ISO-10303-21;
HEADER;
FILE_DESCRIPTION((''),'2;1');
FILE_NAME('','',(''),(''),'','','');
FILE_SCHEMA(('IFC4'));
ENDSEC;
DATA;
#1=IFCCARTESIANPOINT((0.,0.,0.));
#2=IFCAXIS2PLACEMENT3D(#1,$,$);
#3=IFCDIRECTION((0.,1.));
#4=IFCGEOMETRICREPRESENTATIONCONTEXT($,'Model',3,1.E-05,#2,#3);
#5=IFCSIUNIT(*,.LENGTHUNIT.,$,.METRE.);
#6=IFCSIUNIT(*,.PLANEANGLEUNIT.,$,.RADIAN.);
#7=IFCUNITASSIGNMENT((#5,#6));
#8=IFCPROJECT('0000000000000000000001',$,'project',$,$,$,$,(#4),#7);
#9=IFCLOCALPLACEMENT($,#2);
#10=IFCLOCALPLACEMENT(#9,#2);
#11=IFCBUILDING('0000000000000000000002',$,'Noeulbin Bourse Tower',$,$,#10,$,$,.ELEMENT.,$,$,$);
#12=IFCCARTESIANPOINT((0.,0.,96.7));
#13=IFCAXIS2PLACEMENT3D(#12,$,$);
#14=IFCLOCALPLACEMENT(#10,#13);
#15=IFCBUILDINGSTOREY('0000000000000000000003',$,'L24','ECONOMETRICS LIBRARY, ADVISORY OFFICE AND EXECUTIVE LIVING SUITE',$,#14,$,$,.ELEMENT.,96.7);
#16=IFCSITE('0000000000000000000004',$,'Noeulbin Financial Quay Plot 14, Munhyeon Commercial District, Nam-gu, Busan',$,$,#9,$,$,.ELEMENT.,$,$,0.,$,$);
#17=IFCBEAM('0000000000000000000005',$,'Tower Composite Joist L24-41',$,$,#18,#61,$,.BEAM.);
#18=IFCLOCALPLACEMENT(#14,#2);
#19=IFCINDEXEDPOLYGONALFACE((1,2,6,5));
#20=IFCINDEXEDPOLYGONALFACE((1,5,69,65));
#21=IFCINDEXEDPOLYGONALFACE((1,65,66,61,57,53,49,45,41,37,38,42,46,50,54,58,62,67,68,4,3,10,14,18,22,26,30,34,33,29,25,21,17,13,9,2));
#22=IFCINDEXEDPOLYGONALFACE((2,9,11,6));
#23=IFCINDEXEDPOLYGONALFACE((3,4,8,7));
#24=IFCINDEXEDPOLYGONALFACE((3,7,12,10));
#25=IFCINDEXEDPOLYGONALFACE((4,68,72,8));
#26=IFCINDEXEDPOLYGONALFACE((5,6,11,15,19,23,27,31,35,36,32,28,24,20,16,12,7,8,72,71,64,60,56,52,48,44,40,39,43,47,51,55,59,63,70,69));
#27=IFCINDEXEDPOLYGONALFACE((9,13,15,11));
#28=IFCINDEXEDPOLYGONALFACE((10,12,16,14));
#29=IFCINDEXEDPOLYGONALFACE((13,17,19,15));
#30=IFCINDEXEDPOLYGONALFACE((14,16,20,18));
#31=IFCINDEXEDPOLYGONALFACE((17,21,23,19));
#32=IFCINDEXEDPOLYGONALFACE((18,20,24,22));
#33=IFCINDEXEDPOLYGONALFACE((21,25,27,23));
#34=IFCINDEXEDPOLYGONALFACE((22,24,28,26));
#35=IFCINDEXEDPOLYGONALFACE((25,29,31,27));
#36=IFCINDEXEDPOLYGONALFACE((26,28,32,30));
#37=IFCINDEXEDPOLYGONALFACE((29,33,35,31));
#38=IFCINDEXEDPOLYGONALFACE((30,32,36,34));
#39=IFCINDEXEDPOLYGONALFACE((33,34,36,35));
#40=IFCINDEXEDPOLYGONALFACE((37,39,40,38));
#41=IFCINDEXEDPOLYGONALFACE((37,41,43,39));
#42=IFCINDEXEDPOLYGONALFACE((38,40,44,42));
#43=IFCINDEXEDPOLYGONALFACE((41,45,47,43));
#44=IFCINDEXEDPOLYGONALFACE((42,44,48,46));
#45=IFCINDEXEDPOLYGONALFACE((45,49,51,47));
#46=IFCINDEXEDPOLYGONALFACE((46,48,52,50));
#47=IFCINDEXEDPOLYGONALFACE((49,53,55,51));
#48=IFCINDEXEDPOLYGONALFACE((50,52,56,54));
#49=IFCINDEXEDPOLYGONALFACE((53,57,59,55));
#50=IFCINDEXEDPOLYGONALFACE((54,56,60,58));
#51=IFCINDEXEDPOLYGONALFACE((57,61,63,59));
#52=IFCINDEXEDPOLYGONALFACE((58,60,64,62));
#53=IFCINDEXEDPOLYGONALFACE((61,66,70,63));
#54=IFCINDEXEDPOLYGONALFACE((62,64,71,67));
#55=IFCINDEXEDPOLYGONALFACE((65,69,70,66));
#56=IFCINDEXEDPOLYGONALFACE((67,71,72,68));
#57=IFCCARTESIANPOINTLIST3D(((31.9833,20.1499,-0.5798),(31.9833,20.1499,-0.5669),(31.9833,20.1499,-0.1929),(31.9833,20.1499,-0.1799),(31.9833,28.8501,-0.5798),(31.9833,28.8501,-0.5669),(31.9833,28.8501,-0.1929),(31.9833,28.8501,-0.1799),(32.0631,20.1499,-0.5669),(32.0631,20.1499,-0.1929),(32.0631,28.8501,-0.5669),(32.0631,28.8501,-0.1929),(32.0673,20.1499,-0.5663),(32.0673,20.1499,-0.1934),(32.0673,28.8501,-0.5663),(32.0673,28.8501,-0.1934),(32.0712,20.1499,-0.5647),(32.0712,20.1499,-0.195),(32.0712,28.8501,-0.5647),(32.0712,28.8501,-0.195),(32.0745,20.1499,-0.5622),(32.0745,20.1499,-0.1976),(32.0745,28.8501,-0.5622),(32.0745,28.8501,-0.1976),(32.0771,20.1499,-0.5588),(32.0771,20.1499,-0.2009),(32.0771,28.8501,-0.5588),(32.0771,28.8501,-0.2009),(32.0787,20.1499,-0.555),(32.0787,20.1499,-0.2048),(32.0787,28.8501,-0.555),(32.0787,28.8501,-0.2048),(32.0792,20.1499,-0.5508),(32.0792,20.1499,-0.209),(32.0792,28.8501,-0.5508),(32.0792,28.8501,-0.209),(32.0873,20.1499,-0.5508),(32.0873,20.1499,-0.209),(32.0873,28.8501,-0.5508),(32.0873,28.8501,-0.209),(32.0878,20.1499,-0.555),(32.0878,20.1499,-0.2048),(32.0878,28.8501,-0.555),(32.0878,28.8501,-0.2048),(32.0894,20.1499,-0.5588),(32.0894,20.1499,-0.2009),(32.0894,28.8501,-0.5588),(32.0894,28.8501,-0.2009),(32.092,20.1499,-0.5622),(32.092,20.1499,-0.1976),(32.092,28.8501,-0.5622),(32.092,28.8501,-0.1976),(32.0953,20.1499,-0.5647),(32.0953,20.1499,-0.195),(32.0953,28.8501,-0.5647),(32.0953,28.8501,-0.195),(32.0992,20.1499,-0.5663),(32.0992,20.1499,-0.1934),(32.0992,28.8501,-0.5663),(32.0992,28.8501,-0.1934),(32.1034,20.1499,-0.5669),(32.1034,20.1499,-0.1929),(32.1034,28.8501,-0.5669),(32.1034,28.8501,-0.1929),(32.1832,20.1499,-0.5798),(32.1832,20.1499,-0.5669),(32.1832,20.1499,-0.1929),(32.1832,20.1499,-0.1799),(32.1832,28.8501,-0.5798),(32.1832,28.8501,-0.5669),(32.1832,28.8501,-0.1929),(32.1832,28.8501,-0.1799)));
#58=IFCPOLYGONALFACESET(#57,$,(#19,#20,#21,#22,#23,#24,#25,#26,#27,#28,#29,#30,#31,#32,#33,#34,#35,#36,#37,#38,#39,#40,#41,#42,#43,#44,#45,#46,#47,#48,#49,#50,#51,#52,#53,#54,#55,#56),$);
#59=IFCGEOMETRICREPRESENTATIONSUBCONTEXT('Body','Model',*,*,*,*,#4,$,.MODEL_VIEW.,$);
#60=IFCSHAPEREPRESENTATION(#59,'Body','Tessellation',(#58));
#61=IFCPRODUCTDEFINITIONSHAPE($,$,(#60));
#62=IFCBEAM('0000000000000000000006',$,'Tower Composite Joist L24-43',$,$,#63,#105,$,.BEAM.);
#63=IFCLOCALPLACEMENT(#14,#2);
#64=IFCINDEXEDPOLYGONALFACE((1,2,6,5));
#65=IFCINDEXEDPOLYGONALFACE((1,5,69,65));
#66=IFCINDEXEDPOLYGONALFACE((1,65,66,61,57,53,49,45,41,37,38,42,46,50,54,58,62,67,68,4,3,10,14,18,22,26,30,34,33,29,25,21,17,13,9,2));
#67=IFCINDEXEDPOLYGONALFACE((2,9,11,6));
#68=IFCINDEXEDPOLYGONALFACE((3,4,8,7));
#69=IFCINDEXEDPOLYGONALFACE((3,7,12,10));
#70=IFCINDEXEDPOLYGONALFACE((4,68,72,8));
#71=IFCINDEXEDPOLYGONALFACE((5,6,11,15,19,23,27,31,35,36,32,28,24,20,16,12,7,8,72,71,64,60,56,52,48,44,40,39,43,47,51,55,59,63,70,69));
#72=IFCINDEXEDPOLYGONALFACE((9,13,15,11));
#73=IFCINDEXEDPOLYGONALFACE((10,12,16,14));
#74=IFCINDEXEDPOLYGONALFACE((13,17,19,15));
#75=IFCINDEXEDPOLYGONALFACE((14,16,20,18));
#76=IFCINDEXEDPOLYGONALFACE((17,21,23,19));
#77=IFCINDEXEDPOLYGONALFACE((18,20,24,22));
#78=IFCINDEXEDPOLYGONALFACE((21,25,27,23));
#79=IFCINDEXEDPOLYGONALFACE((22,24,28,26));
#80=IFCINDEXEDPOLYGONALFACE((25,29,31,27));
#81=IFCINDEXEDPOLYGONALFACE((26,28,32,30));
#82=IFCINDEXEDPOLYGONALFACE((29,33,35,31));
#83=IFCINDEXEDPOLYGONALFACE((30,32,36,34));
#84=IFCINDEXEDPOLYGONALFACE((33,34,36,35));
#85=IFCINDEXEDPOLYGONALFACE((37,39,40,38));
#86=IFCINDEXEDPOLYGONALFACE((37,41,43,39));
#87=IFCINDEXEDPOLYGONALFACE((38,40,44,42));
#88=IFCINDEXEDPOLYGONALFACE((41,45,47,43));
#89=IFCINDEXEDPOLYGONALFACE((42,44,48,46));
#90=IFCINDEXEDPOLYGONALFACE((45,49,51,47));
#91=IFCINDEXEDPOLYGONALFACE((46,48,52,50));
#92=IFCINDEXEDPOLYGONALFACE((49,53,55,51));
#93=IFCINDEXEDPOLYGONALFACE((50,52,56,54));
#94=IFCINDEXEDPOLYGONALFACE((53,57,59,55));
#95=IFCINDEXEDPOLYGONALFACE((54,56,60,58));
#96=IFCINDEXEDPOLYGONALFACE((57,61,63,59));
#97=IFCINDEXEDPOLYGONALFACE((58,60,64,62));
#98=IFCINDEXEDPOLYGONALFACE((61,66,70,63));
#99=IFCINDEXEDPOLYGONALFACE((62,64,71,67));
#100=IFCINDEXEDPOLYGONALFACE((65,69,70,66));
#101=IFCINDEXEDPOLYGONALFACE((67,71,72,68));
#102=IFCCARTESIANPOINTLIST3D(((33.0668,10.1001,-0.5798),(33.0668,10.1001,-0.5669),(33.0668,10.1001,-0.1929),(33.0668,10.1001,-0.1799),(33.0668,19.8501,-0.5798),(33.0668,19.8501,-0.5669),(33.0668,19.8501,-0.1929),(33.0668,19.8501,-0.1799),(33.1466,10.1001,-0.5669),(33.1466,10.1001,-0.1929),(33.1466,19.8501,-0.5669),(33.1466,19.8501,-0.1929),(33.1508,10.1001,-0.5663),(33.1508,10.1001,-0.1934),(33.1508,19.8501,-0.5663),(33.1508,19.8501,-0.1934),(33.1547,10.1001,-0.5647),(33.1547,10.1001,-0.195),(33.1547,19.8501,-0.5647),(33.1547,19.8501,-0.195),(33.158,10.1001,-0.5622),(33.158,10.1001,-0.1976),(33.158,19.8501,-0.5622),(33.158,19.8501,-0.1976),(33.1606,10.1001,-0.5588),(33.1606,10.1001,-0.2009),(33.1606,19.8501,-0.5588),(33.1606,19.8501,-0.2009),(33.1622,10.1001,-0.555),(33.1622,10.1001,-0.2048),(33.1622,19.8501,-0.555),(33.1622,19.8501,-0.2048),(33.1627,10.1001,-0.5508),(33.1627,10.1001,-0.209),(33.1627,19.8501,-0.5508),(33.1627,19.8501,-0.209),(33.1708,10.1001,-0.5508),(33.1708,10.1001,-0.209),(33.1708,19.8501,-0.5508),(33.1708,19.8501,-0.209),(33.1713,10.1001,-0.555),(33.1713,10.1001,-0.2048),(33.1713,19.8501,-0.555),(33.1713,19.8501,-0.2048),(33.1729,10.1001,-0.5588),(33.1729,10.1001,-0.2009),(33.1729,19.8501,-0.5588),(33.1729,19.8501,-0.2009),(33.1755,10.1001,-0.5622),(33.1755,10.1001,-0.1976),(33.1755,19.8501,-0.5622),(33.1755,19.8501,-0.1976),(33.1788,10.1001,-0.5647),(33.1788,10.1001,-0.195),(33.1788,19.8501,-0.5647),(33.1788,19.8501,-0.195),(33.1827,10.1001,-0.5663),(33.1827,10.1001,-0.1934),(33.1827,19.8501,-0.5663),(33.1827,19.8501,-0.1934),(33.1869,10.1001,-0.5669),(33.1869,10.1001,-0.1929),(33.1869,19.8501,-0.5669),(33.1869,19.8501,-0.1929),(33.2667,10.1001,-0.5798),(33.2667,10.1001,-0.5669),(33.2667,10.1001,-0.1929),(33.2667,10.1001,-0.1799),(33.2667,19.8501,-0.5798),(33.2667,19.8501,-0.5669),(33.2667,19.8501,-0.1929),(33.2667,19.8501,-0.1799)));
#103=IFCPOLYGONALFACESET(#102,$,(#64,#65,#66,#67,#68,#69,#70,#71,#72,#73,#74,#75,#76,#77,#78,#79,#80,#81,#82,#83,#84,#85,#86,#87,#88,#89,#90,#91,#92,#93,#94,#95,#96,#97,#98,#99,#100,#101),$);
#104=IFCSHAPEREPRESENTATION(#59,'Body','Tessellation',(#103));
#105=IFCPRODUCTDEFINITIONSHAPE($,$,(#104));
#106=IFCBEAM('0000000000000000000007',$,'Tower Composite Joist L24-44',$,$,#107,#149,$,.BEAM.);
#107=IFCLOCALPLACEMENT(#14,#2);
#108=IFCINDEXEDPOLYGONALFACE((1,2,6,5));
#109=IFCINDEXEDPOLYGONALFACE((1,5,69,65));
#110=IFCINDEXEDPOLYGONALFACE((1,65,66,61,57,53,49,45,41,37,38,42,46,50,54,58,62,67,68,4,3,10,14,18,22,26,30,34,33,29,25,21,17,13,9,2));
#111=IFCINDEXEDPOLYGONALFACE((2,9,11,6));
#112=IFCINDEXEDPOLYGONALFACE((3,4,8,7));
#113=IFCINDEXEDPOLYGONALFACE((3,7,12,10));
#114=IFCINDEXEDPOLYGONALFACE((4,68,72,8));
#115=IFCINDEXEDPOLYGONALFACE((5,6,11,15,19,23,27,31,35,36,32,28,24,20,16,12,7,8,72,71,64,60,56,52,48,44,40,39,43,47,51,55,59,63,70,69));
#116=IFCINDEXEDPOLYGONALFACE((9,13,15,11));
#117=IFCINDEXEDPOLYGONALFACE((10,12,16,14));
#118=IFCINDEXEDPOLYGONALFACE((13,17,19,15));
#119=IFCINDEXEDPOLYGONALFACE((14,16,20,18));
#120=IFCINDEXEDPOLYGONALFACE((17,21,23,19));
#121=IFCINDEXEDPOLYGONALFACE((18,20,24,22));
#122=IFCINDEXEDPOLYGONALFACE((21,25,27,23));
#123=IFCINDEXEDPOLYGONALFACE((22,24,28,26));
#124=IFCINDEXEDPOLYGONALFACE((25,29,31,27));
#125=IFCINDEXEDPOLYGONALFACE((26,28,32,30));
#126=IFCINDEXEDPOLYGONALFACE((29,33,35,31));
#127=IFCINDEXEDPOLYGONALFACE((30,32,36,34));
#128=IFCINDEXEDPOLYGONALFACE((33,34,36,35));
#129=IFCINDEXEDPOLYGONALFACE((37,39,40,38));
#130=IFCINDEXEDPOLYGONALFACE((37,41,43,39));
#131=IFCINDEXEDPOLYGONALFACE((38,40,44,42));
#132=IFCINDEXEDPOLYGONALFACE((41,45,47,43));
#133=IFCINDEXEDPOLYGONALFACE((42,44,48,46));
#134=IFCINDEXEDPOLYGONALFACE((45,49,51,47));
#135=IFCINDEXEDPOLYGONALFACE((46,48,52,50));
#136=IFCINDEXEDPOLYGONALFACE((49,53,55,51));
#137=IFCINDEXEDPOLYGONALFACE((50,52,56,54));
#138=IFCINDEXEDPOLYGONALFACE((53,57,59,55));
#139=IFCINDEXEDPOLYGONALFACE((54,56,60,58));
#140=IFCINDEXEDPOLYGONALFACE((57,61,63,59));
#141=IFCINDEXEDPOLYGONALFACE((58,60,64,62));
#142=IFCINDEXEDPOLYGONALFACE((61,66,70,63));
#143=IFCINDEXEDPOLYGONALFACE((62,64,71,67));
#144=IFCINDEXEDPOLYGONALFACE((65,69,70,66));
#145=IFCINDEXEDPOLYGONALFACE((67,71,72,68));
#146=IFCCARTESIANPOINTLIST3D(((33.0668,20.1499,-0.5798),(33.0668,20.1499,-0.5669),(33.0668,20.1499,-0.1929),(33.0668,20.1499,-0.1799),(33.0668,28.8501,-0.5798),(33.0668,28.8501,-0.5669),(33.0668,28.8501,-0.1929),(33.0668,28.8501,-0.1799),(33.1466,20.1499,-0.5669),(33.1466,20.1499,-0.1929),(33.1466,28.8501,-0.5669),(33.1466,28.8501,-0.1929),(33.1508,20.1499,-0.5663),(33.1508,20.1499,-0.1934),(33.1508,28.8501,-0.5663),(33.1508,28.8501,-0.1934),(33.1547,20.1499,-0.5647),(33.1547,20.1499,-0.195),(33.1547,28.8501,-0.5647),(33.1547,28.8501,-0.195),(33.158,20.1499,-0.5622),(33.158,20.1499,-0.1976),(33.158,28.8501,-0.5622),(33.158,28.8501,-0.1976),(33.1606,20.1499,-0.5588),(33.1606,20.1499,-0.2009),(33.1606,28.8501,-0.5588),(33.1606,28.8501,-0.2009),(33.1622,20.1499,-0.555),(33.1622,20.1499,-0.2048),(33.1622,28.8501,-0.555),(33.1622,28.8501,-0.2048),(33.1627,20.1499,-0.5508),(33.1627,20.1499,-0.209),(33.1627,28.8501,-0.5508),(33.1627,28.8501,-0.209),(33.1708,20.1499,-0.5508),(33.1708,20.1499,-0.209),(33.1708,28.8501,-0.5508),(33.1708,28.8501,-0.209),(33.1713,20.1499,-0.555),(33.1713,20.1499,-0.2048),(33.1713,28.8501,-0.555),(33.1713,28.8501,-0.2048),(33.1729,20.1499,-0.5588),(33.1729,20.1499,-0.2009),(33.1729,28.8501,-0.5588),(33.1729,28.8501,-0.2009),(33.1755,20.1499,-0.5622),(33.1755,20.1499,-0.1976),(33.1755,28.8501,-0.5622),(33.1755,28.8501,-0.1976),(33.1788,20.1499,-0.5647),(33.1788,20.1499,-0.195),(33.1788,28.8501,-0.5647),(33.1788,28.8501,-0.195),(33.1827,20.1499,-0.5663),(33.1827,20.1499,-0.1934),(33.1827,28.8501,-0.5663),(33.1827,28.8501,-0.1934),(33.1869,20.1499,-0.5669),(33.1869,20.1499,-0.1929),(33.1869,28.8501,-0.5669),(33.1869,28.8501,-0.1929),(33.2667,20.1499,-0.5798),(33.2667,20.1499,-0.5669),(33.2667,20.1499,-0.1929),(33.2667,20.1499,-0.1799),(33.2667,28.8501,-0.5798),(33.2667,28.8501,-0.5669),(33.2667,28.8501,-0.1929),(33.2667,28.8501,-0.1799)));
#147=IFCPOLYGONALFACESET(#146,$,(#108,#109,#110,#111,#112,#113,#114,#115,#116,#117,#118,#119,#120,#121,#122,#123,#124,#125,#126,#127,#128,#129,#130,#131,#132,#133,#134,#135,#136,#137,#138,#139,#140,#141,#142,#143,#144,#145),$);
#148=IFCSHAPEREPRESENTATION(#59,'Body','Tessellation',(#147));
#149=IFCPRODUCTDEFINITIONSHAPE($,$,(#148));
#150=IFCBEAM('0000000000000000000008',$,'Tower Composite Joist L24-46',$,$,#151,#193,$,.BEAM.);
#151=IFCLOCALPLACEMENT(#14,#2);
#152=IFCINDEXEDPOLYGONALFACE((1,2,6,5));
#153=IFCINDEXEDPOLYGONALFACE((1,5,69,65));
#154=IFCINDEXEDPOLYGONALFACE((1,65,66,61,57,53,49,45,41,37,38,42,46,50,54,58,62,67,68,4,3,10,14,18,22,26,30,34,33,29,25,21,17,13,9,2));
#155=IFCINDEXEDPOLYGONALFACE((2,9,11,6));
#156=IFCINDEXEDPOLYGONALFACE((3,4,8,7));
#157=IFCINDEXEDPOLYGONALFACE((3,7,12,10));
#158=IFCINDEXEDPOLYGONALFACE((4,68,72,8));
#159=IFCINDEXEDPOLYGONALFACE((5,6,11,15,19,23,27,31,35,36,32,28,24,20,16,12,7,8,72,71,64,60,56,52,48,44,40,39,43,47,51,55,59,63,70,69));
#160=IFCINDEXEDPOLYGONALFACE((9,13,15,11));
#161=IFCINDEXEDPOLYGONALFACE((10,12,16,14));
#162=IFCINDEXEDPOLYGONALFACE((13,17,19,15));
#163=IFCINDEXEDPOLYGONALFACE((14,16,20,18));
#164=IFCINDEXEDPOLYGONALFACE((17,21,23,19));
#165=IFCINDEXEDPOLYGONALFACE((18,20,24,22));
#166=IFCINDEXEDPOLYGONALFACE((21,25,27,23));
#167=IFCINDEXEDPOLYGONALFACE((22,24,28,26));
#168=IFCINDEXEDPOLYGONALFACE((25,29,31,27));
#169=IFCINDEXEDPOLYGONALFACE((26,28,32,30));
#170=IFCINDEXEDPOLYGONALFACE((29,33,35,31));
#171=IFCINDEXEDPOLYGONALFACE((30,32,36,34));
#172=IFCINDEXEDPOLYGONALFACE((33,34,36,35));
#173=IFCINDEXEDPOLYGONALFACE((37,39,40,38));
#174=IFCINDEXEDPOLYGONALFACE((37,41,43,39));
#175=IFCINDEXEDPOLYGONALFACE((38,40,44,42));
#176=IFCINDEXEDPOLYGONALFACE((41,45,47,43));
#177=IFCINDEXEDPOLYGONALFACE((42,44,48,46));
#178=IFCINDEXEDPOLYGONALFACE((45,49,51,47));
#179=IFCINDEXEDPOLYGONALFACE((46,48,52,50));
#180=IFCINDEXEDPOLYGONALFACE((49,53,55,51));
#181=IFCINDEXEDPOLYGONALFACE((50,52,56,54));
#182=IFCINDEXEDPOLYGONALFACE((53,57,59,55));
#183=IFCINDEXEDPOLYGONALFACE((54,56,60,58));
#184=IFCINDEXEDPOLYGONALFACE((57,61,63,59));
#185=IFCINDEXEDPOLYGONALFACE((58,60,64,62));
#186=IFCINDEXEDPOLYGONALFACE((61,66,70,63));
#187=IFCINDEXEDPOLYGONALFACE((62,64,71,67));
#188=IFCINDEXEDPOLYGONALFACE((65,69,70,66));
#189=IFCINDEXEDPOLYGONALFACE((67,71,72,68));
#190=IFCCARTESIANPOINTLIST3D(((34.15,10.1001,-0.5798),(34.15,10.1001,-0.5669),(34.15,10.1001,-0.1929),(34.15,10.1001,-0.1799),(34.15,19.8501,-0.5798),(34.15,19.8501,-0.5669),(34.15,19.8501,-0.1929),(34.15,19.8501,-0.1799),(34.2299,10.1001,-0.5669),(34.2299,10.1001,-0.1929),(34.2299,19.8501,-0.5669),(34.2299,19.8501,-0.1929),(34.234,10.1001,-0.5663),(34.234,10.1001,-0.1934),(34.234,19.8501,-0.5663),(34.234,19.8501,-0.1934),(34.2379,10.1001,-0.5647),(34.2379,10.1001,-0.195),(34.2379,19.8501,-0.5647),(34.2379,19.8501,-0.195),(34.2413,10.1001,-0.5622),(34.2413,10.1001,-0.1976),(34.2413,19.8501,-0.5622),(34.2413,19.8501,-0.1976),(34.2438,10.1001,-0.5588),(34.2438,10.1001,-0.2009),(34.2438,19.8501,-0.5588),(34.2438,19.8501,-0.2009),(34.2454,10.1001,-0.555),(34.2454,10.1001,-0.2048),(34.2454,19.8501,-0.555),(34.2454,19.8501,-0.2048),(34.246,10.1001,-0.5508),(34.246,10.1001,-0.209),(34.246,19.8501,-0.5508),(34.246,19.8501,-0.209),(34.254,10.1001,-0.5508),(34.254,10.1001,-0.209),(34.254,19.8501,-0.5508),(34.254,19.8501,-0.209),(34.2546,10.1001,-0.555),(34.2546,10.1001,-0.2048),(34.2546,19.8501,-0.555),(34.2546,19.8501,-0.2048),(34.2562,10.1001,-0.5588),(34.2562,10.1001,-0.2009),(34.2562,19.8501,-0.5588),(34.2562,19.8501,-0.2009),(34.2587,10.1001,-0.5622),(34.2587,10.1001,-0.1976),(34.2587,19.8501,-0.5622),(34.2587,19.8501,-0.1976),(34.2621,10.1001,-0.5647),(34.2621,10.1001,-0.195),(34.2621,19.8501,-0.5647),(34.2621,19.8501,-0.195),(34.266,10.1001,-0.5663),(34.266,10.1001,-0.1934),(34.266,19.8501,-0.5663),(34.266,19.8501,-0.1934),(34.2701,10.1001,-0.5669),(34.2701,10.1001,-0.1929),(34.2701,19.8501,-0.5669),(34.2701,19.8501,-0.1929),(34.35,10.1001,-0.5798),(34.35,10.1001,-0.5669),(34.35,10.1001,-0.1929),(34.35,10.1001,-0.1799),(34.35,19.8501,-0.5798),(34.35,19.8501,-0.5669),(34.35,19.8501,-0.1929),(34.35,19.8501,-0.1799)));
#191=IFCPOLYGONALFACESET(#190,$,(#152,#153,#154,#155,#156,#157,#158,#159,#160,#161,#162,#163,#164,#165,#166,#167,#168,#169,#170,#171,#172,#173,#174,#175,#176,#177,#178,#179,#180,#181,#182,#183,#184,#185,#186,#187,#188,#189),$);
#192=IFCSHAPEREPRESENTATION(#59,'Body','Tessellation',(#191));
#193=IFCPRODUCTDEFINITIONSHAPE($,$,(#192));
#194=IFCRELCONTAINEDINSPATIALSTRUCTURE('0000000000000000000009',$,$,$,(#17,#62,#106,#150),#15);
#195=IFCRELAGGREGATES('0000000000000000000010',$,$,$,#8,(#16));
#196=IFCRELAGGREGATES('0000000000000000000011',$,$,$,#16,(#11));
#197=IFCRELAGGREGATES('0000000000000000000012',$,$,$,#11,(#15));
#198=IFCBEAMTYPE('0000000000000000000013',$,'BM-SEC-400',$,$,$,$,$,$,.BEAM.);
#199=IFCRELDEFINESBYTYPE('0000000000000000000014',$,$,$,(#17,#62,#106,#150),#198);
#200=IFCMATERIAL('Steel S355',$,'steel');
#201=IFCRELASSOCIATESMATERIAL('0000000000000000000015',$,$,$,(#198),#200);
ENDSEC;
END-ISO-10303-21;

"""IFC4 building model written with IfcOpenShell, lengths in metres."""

from ifc_helpers import new_model, si_unit, direction, frame, origin, origin_2d, place, context, subcontext, project, spatial, i_section, extrude, material, material_profile, profile_set, type_object, element, save


model = new_model("IFC4")

# Units and contexts
model_context = context("Model", 3, precision=1e-05, world=origin(), true_north=direction((0.0, 1.0)))
body_context = subcontext(model_context, "Body", "Model", "MODEL_VIEW")
ifc_project = project(units=[si_unit("LENGTHUNIT", "METRE"), si_unit("PLANEANGLEUNIT", "RADIAN")], contexts=[model_context])

# Site, building, storey
site_placement = place(None, origin())
site = spatial("IfcSite", under=ifc_project, at=site_placement, Name="Noeulbin Financial Quay Plot 14, Munhyeon Commercial District, Nam-gu, Busan", CompositionType="ELEMENT", RefElevation=0.0)
building_placement = place(site_placement, origin())
building = spatial("IfcBuilding", under=site, at=building_placement, Name="Noeulbin Bourse Tower", CompositionType="ELEMENT")
storey_placement = place(building_placement, frame((0.0, 0.0, 96.7)))
storey = spatial("IfcBuildingStorey", under=building, at=storey_placement, Name="L24", Description="ECONOMETRICS LIBRARY, ADVISORY OFFICE AND EXECUTIVE LIVING SUITE", CompositionType="ELEMENT", Elevation=96.7)

# Beams
ifc_material_1 = material(Name="Steel S355", Category="steel")
ifc_material_profile_1 = material_profile(ifc_material_1, i_section(OverallWidth=0.2, OverallDepth=0.3999, WebThickness=0.0081, FlangeThickness=0.0129, FilletRadius=0.0161, at=origin_2d()), Name="H-400x200x8x13", Category="LoadBearing")
ifc_profile_set_1 = profile_set([ifc_material_profile_1], Name="Steel S355")
beam_type_1 = type_object("IfcBeamType", Name="BM-SEC-400", PredefinedType="BEAM", material=ifc_profile_set_1)
beam_1_placement = place(storey_placement, frame((32.0833, 20.1499, -0.3799), z_axis=(0.0, 1.0, 0.0), x_axis=(-1.0, 0.0, 0.0)))
element("IfcBeam", 1, at=beam_1_placement, inside=storey, type_object=beam_type_1, Name="Tower Composite Joist L24-41", PredefinedType="BEAM", context=body_context, shape_type="SweptSolid", body=[
    extrude(i_section(OverallWidth=0.2, OverallDepth=0.3999, WebThickness=0.0081, FlangeThickness=0.0129, FilletRadius=0.0161, at=origin_2d()), origin(), (0.0, 0.0, 1.0), 8.7002),
])
beam_2_placement = place(storey_placement, frame((33.1667, 10.1001, -0.3799), z_axis=(0.0, 1.0, 0.0), x_axis=(-1.0, 0.0, 0.0)))
element("IfcBeam", 2, at=beam_2_placement, inside=storey, type_object=beam_type_1, Name="Tower Composite Joist L24-43", PredefinedType="BEAM", context=body_context, shape_type="SweptSolid", body=[
    extrude(i_section(OverallWidth=0.2, OverallDepth=0.3999, WebThickness=0.0081, FlangeThickness=0.0129, FilletRadius=0.0161, at=origin_2d()), origin(), (0.0, 0.0, 1.0), 9.75),
])
beam_3_placement = place(storey_placement, frame((33.1667, 20.1499, -0.3799), z_axis=(0.0, 1.0, 0.0), x_axis=(-1.0, 0.0, 0.0)))
element("IfcBeam", 3, at=beam_3_placement, inside=storey, type_object=beam_type_1, Name="Tower Composite Joist L24-44", PredefinedType="BEAM", context=body_context, shape_type="SweptSolid", body=[
    extrude(i_section(OverallWidth=0.2, OverallDepth=0.3999, WebThickness=0.0081, FlangeThickness=0.0129, FilletRadius=0.0161, at=origin_2d()), origin(), (0.0, 0.0, 1.0), 8.7002),
])
beam_4_placement = place(storey_placement, frame((34.25, 10.1001, -0.3799), z_axis=(0.0, 1.0, 0.0), x_axis=(-1.0, 0.0, 0.0)))
element("IfcBeam", 4, at=beam_4_placement, inside=storey, type_object=beam_type_1, Name="Tower Composite Joist L24-46", PredefinedType="BEAM", context=body_context, shape_type="SweptSolid", body=[
    extrude(i_section(OverallWidth=0.2, OverallDepth=0.3999, WebThickness=0.0081, FlangeThickness=0.0129, FilletRadius=0.0161, at=origin_2d()), origin(), (0.0, 0.0, 1.0), 9.75),
])

save(model, "model.ifc")
